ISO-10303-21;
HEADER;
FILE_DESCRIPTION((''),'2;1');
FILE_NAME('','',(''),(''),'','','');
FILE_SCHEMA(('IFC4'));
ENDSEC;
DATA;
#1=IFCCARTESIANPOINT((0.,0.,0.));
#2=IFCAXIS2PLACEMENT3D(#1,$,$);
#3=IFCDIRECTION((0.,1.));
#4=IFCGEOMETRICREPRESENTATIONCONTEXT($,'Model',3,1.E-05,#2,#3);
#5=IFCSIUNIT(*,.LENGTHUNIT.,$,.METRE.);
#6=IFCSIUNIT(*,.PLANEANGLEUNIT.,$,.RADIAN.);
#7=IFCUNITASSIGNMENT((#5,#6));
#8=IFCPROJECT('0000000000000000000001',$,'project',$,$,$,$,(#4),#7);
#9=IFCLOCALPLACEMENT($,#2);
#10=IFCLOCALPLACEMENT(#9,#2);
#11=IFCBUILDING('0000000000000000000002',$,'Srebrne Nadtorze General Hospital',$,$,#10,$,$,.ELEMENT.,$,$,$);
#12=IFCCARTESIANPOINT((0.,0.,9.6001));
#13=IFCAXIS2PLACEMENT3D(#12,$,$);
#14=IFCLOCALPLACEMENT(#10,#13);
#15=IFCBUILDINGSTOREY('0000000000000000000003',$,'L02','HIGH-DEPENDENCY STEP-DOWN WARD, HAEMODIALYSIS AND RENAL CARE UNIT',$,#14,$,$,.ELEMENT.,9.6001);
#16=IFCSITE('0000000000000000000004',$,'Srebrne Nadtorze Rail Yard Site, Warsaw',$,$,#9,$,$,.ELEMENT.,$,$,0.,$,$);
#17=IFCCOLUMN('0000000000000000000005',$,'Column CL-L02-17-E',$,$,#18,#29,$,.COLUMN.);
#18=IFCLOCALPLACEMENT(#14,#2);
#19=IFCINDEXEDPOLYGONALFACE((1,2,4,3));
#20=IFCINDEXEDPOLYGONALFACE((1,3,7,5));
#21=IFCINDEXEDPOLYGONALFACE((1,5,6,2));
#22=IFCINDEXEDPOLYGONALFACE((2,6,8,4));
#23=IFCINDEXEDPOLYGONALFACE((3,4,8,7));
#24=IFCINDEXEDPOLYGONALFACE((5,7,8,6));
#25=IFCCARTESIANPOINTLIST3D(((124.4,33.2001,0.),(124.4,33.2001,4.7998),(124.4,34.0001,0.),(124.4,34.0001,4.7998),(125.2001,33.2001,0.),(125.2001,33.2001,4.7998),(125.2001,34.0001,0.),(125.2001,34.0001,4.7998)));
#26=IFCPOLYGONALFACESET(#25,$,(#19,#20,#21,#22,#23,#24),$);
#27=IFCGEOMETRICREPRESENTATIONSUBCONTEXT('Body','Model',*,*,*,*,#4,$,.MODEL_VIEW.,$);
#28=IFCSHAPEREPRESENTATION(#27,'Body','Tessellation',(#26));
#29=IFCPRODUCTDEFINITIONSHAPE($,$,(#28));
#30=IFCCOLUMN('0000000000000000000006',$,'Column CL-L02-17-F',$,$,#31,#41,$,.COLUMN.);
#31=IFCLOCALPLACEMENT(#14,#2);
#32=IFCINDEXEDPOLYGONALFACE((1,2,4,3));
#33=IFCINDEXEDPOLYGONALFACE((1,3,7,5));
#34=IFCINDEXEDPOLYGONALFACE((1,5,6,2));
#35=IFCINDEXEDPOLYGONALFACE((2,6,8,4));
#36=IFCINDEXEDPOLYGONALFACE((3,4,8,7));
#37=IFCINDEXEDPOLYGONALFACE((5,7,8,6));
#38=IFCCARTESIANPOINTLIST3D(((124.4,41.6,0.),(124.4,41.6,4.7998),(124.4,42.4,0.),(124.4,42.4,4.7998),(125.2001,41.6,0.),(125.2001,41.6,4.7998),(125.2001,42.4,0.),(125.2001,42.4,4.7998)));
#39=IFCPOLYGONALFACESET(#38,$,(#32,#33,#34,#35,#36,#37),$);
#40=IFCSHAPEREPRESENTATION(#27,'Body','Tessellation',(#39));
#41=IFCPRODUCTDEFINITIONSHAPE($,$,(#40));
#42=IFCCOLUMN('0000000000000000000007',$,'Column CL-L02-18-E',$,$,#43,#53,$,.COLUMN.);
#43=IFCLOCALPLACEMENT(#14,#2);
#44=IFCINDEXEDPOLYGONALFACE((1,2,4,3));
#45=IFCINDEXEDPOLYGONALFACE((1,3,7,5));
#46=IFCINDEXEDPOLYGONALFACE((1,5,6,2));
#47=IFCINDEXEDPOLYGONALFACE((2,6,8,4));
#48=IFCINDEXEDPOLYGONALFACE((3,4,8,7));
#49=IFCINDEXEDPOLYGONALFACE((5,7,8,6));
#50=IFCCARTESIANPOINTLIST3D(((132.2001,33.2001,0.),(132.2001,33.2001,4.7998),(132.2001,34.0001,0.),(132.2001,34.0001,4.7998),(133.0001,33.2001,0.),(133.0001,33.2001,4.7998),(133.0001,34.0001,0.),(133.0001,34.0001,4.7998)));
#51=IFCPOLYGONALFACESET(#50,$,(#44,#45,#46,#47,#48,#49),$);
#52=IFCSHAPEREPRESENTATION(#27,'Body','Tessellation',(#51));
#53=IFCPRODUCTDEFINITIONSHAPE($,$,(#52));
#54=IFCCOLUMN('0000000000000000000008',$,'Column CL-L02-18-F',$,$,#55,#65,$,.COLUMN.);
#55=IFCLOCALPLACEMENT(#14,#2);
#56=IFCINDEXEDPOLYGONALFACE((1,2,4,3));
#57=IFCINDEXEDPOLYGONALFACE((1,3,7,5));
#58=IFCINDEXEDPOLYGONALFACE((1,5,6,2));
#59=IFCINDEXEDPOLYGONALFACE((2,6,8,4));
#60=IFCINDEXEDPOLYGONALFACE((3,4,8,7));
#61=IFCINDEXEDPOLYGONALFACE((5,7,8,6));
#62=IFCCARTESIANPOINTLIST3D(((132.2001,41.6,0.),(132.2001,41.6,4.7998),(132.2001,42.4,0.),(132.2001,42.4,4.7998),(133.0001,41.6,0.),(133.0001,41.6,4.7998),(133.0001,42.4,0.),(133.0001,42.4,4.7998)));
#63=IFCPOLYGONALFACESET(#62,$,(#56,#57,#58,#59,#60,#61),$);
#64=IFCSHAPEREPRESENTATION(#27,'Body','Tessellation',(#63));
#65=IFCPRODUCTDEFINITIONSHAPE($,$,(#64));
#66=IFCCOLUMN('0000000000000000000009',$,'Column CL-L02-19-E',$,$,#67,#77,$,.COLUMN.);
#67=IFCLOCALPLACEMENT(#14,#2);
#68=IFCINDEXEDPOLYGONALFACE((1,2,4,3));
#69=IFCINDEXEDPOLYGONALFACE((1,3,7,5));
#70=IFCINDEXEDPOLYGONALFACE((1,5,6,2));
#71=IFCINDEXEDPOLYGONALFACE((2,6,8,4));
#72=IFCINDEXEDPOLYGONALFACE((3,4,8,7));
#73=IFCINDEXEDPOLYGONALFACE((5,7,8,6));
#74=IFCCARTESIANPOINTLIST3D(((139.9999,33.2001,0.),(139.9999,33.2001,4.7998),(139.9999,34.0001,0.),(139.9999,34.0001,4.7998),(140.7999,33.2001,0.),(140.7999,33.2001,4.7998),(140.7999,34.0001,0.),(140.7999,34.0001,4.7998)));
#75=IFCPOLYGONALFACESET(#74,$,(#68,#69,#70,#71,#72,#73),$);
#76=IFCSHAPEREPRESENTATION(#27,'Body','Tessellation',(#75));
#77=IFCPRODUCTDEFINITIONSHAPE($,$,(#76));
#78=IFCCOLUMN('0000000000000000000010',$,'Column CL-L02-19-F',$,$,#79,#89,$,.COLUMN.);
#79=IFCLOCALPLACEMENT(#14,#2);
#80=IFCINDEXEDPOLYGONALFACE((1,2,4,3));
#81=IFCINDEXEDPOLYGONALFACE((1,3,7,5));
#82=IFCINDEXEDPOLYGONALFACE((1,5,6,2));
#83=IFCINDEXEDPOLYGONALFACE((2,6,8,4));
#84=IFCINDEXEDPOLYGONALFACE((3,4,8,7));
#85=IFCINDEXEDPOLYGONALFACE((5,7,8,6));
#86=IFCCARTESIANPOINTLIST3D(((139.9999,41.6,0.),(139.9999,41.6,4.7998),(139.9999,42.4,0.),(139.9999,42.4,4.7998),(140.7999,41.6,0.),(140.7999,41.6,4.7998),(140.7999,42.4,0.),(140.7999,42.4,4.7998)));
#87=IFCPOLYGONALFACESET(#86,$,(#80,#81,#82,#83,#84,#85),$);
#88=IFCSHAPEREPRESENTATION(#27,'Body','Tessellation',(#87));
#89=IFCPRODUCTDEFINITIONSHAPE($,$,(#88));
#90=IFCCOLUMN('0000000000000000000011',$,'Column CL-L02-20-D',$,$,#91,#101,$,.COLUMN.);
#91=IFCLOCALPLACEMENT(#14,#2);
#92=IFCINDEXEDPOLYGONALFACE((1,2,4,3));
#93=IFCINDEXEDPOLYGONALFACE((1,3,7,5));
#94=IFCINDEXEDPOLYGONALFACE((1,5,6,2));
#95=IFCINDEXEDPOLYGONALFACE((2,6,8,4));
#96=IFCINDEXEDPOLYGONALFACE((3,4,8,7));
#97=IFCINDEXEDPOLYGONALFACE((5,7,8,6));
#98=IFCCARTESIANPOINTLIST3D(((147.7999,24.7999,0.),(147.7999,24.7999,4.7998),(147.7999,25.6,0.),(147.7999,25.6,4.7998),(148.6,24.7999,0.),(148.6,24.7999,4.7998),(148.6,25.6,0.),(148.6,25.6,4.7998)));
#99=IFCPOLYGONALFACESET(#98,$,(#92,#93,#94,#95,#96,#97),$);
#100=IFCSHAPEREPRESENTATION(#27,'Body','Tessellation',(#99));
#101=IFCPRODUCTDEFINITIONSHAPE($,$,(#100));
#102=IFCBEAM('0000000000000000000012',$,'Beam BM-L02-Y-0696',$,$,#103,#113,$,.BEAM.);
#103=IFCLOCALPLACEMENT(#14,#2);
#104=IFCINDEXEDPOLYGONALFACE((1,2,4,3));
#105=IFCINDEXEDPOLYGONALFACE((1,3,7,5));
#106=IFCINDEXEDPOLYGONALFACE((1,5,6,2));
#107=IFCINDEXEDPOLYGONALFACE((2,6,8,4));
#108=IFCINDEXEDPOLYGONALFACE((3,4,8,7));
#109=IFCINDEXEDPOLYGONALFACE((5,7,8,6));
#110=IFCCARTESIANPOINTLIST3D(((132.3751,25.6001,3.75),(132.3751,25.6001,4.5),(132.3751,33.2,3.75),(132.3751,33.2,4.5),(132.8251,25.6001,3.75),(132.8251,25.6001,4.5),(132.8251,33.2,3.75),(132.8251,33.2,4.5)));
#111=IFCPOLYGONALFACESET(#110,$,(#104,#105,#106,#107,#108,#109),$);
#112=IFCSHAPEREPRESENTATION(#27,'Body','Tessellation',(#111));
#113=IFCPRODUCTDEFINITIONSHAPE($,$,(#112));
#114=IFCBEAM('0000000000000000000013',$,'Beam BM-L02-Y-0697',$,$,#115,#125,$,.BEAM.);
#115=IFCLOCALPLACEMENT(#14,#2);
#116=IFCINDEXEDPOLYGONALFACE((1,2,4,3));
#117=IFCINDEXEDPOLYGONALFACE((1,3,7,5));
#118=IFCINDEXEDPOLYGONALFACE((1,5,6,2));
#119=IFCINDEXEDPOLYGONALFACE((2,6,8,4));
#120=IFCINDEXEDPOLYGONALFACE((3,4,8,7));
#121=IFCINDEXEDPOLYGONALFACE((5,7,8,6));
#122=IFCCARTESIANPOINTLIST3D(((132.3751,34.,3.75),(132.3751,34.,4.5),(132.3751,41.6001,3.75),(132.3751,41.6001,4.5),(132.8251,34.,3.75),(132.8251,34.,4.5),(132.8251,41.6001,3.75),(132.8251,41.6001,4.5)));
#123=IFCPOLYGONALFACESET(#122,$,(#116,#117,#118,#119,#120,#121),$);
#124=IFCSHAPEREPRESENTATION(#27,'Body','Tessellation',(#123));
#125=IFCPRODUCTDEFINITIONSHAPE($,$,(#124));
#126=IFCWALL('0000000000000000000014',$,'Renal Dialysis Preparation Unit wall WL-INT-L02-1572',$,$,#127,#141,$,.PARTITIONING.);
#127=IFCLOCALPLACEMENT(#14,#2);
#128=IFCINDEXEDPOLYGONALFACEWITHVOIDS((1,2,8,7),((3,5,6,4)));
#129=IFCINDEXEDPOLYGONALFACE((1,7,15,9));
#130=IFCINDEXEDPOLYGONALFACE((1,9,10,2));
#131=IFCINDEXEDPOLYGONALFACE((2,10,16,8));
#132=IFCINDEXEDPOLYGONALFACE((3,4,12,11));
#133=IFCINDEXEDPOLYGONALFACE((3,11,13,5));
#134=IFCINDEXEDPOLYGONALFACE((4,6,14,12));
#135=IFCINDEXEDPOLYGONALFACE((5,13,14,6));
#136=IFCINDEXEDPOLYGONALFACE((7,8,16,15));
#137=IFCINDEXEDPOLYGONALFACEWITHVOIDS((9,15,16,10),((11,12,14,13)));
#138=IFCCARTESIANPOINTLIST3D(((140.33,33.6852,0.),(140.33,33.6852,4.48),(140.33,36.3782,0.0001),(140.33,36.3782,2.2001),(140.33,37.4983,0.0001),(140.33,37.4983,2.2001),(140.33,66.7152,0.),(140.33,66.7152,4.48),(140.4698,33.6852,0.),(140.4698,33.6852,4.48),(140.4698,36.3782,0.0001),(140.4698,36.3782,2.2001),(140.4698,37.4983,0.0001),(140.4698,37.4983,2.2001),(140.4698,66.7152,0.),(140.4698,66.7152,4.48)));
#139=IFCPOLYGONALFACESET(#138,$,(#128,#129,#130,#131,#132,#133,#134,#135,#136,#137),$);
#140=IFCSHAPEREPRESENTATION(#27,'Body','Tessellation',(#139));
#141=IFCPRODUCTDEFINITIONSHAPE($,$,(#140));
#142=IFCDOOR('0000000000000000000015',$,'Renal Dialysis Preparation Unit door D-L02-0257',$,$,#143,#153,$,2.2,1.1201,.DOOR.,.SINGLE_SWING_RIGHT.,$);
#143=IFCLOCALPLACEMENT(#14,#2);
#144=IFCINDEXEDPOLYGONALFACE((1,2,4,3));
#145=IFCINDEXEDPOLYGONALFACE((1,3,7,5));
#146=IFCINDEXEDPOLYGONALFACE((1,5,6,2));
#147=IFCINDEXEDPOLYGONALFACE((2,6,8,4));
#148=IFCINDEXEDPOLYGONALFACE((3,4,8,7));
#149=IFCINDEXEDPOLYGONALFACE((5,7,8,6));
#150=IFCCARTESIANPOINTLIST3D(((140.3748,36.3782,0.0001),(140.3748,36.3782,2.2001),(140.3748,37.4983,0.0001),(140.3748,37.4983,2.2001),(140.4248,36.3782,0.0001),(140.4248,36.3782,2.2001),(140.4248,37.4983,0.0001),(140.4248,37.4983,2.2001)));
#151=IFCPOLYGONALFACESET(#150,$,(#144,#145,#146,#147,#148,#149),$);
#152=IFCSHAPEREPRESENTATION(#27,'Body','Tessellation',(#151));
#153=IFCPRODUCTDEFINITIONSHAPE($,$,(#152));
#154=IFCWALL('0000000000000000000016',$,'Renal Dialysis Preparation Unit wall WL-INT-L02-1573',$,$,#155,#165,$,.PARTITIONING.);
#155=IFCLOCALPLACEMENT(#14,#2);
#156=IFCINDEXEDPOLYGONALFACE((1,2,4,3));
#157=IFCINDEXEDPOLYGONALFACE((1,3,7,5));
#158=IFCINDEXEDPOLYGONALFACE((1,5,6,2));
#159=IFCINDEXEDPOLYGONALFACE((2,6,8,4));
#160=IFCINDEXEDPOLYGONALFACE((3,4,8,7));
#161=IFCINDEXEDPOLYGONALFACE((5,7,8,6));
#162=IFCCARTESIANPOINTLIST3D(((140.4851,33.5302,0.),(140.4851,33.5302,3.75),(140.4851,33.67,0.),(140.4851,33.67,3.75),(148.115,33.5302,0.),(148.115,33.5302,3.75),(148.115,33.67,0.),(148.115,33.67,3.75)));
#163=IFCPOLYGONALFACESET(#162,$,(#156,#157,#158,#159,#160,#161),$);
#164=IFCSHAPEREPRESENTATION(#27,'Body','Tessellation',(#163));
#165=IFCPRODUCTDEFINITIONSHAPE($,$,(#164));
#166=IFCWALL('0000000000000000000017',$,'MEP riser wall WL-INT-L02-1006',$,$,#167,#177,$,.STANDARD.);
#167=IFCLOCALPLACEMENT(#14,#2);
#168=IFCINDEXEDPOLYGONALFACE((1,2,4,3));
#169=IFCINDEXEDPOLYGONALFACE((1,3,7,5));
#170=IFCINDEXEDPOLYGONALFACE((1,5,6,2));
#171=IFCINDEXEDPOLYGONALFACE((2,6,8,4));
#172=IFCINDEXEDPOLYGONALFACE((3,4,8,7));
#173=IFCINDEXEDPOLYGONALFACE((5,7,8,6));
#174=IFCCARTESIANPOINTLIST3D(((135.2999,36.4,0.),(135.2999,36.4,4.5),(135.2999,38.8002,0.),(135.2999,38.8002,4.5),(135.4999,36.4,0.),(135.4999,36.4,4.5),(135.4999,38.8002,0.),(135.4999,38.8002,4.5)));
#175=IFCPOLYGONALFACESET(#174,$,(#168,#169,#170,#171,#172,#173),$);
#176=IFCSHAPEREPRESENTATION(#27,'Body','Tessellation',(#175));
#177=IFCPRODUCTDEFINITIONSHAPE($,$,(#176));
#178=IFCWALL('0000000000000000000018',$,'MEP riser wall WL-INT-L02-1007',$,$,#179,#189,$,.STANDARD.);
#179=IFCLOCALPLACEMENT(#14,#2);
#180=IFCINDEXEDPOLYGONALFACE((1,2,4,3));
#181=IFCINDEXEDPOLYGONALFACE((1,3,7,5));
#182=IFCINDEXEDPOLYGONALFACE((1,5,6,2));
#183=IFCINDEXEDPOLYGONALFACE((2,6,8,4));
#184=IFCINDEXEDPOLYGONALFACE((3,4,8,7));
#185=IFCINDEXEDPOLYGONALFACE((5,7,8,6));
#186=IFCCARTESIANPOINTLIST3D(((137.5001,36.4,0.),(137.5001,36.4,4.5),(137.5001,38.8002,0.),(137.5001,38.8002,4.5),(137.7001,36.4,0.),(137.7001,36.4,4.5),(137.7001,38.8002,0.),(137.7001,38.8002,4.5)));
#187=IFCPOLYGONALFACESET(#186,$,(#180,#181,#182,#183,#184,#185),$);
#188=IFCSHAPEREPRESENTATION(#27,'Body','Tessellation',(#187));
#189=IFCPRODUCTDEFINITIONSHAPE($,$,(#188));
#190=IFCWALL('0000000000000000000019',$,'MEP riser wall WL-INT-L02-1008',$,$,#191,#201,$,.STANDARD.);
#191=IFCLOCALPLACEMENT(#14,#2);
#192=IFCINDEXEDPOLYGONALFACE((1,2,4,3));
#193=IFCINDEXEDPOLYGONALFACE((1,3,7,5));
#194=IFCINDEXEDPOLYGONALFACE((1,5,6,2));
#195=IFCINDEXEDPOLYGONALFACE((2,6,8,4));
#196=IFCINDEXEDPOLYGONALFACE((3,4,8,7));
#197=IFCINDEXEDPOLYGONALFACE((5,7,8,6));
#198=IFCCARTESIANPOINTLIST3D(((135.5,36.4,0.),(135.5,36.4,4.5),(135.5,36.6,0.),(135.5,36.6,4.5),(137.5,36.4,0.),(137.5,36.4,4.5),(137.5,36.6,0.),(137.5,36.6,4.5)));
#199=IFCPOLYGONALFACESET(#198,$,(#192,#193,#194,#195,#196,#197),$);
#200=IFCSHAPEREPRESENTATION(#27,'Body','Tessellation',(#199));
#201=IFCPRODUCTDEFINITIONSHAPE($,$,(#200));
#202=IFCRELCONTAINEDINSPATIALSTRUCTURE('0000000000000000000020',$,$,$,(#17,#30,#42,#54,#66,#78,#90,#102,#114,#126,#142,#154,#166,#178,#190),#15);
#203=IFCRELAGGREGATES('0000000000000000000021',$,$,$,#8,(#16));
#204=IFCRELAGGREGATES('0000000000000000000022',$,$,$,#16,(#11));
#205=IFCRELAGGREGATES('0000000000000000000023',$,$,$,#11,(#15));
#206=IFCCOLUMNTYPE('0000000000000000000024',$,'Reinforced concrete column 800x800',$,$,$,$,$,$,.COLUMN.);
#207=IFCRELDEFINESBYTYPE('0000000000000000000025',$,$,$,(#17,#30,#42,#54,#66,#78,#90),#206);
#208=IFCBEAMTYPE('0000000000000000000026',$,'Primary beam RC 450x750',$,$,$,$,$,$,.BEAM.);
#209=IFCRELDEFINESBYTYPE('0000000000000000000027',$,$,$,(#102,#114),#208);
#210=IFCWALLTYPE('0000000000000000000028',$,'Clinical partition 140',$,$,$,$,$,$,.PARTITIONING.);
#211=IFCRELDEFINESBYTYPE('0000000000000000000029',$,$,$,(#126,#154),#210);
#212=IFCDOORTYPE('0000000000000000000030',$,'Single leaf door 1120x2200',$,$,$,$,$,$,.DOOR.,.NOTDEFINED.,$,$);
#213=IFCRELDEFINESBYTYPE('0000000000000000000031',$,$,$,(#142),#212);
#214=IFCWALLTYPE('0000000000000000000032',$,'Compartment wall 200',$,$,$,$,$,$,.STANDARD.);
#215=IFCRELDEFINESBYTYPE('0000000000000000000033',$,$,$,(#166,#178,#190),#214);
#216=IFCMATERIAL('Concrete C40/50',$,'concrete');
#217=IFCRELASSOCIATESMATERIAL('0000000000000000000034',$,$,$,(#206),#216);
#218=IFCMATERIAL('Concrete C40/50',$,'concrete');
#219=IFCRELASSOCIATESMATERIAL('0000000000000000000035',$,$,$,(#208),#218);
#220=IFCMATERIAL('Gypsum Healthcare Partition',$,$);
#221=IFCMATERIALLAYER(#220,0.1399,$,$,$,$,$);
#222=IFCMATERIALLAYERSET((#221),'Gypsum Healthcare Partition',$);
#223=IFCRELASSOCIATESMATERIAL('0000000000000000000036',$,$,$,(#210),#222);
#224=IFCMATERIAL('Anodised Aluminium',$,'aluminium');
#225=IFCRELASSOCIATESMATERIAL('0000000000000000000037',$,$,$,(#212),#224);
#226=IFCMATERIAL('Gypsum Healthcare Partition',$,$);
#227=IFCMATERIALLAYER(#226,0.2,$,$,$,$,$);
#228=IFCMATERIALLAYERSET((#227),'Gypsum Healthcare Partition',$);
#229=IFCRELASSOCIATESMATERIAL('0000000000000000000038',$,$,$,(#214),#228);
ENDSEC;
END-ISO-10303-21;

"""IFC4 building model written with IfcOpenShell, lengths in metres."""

from ifc_helpers import new_model, si_unit, direction, frame, frame_2d, origin, origin_2d, place, context, subcontext, project, spatial, rectangle, extrude, material, layer, layer_set, material_profile, profile_set, type_object, element, fill, save


model = new_model("IFC4")

# Units and contexts
model_context = context("Model", 3, precision=1e-05, world=origin(), true_north=direction((0.0, 1.0)))
body_context = subcontext(model_context, "Body", "Model", "MODEL_VIEW")
ifc_project = project(units=[si_unit("LENGTHUNIT", "METRE"), si_unit("PLANEANGLEUNIT", "RADIAN")], contexts=[model_context])

# Site, building, storey
site_placement = place(None, origin())
site = spatial("IfcSite", under=ifc_project, at=site_placement, Name="Srebrne Nadtorze Rail Yard Site, Warsaw", CompositionType="ELEMENT", RefElevation=0.0)
building_placement = place(site_placement, origin())
building = spatial("IfcBuilding", under=site, at=building_placement, Name="Srebrne Nadtorze General Hospital", CompositionType="ELEMENT")
storey_placement = place(building_placement, frame((0.0, 0.0, 9.6001)))
storey = spatial("IfcBuildingStorey", under=building, at=storey_placement, Name="L02", Description="HIGH-DEPENDENCY STEP-DOWN WARD, HAEMODIALYSIS AND RENAL CARE UNIT", CompositionType="ELEMENT", Elevation=9.6001)

# Columns
ifc_material_1 = material(Name="Concrete C40/50", Category="concrete")
ifc_material_profile_1 = material_profile(ifc_material_1, rectangle(XDim=0.8, YDim=0.8, at=origin_2d()), Name="RC-COL-800x800")
ifc_profile_set_1 = profile_set([ifc_material_profile_1], Name="Concrete C40/50")
column_type = type_object("IfcColumnType", Name="Reinforced concrete column 800x800", PredefinedType="COLUMN", material=ifc_profile_set_1)
for number, where, z_axis, x_axis, name in (
    (1, (124.8, 33.6001, 0.0), (0.0, 0.0, 1.0), (1.0, 0.0, 0.0), "Column CL-L02-17-E"),
    (2, (124.8, 42.0, 0.0), (0.0, 0.0, 1.0), (1.0, 0.0, 0.0), "Column CL-L02-17-F"),
    (3, (132.6001, 33.6001, 0.0), (0.0, 0.0, 1.0), (1.0, 0.0, 0.0), "Column CL-L02-18-E"),
    (4, (132.6001, 42.0, 0.0), (0.0, 0.0, 1.0), (1.0, 0.0, 0.0), "Column CL-L02-18-F"),
    (5, (140.3999, 33.6001, 0.0), (0.0, 0.0, 1.0), (1.0, 0.0, 0.0), "Column CL-L02-19-E"),
    (6, (140.3999, 42.0, 0.0), (0.0, 0.0, 1.0), (1.0, 0.0, 0.0), "Column CL-L02-19-F"),
    (7, (148.2, 25.2, 0.0), (0.0, 0.0, 1.0), (1.0, 0.0, 0.0), "Column CL-L02-20-D"),
):
    element("IfcColumn", number, at=place(storey_placement, frame(where, z_axis=z_axis, x_axis=x_axis)), inside=storey, type_object=column_type, Name=name, PredefinedType="COLUMN", context=body_context, shape_type="SweptSolid", body=[
        extrude(rectangle(XDim=0.8, YDim=0.8, at=origin_2d()), origin(), (0.0, 0.0, 1.0), 4.7998),
    ])

# Beams
ifc_material_2 = material(Name="Concrete C40/50", Category="concrete")
ifc_material_profile_2 = material_profile(ifc_material_2, rectangle(XDim=0.45, YDim=0.75, at=origin_2d()), Name="RC-BM-450x750")
ifc_profile_set_2 = profile_set([ifc_material_profile_2], Name="Concrete C40/50")
beam_type = type_object("IfcBeamType", Name="Primary beam RC 450x750", PredefinedType="BEAM", material=ifc_profile_set_2)
beam_1_placement = place(storey_placement, frame((132.6001, 25.6001, 4.125), z_axis=(0.0, 1.0, 0.0), x_axis=(-1.0, 0.0, 0.0)))
element("IfcBeam", 8, at=beam_1_placement, inside=storey, type_object=beam_type, Name="Beam BM-L02-Y-0696", PredefinedType="BEAM", context=body_context, shape_type="SweptSolid", body=[
    extrude(rectangle(XDim=0.45, YDim=0.75, at=origin_2d()), origin(), (0.0, 0.0, 1.0), 7.5999),
])
beam_2_placement = place(storey_placement, frame((132.6001, 34.0, 4.125), z_axis=(0.0, 1.0, 0.0), x_axis=(-1.0, 0.0, 0.0)))
element("IfcBeam", 9, at=beam_2_placement, inside=storey, type_object=beam_type, Name="Beam BM-L02-Y-0697", PredefinedType="BEAM", context=body_context, shape_type="SweptSolid", body=[
    extrude(rectangle(XDim=0.45, YDim=0.75, at=origin_2d()), origin(), (0.0, 0.0, 1.0), 7.6001),
])

# Wall, opening, door
ifc_material_3 = material(Name="Gypsum Healthcare Partition")
ifc_layer_1 = layer(ifc_material_3, 0.1399)
ifc_layer_set_1 = layer_set([ifc_layer_1], Name="Gypsum Healthcare Partition")
wall_type_1 = type_object("IfcWallType", Name="Clinical partition 140", PredefinedType="PARTITIONING", material=ifc_layer_set_1)
wall_1_placement = place(storey_placement, frame((140.3999, 33.6851, 0.0), z_axis=(0.0, 0.0, 1.0), x_axis=(0.0, 1.0, 0.0)))
wall_1 = element("IfcWall", 10, at=wall_1_placement, inside=storey, type_object=wall_type_1, Name="Renal Dialysis Preparation Unit wall WL-INT-L02-1572", PredefinedType="PARTITIONING", context=body_context, shape_type="SweptSolid", body=[
    extrude(rectangle(XDim=33.03, YDim=0.1399, at=frame_2d((16.5151, 0.0))), origin(), (0.0, 0.0, 1.0), 4.48),
])
opening_placement = place(wall_1_placement, frame((2.6931, 0.0, 0.0)))
opening = element("IfcOpeningElement", 11, at=opening_placement, cuts=wall_1, PredefinedType="OPENING", context=body_context, shape_type="SweptSolid", body=[
    extrude(rectangle(XDim=1.1201, YDim=2.2, at=frame_2d((0.5601, 1.1001))), frame((0.0, 0.082, 0.0), z_axis=(0.0, -1.0, 0.0), x_axis=(1.0, 0.0, 0.0)), (0.0, 0.0, 1.0), 0.1638),
])
ifc_material_4 = material(Name="Anodised Aluminium", Category="aluminium")
door_type = type_object("IfcDoorType", Name="Single leaf door 1120x2200", OperationType="NOTDEFINED", PredefinedType="DOOR", material=ifc_material_4)
door_placement = place(opening_placement, frame((1.1201, 0.0, 0.0), z_axis=(0.0, 0.0, 1.0), x_axis=(-1.0, 0.0, 0.0)))
door = element("IfcDoor", 12, at=door_placement, inside=storey, type_object=door_type, Name="Renal Dialysis Preparation Unit door D-L02-0257", OperationType="SINGLE_SWING_RIGHT", OverallHeight=2.2, OverallWidth=1.1201, PredefinedType="DOOR", context=body_context, shape_type="SweptSolid", body=[
    extrude(rectangle(XDim=1.1201, YDim=2.2, at=frame_2d((0.5601, 1.1001))), frame((0.0, 0.0249, 0.0), z_axis=(0.0, -1.0, 0.0), x_axis=(1.0, 0.0, 0.0)), (0.0, 0.0, 1.0), 0.05),
])
fill(opening, door)

# Walls
wall_2_placement = place(storey_placement, frame((140.4851, 33.6001, 0.0), z_axis=(0.0, 0.0, 1.0), x_axis=(1.0, 0.0, 0.0)))
element("IfcWall", 13, at=wall_2_placement, inside=storey, type_object=wall_type_1, Name="Renal Dialysis Preparation Unit wall WL-INT-L02-1573", PredefinedType="PARTITIONING", context=body_context, shape_type="SweptSolid", body=[
    extrude(rectangle(XDim=7.6299, YDim=0.1399, at=frame_2d((3.8149, 0.0))), origin(), (0.0, 0.0, 1.0), 3.75),
])
ifc_material_5 = material(Name="Gypsum Healthcare Partition")
ifc_layer_2 = layer(ifc_material_5, 0.2)
ifc_layer_set_2 = layer_set([ifc_layer_2], Name="Gypsum Healthcare Partition")
wall_type_2 = type_object("IfcWallType", Name="Compartment wall 200", PredefinedType="STANDARD", material=ifc_layer_set_2)
for number, where, z_axis, x_axis, name in (
    (14, (135.3999, 36.3999, 0.0), (0.0, 0.0, 1.0), (0.0, 1.0, 0.0), "MEP riser wall WL-INT-L02-1006"),
    (15, (137.6001, 36.3999, 0.0), (0.0, 0.0, 1.0), (0.0, 1.0, 0.0), "MEP riser wall WL-INT-L02-1007"),
):
    element("IfcWall", number, at=place(storey_placement, frame(where, z_axis=z_axis, x_axis=x_axis)), inside=storey, type_object=wall_type_2, Name=name, PredefinedType="STANDARD", context=body_context, shape_type="SweptSolid", body=[
        extrude(rectangle(XDim=2.4001, YDim=0.2, at=frame_2d((1.2002, 0.0))), origin(), (0.0, 0.0, 1.0), 4.5),
    ])
for number, where, z_axis, x_axis, name in (
    (16, (135.5, 36.5, 0.0), (0.0, 0.0, 1.0), (1.0, 0.0, 0.0), "MEP riser wall WL-INT-L02-1008"),
):
    element("IfcWall", number, at=place(storey_placement, frame(where, z_axis=z_axis, x_axis=x_axis)), inside=storey, type_object=wall_type_2, Name=name, PredefinedType="STANDARD", context=body_context, shape_type="SweptSolid", body=[
        extrude(rectangle(XDim=2.0, YDim=0.2, at=frame_2d((1.0, 0.0))), origin(), (0.0, 0.0, 1.0), 4.5),
    ])

save(model, "model.ifc")
